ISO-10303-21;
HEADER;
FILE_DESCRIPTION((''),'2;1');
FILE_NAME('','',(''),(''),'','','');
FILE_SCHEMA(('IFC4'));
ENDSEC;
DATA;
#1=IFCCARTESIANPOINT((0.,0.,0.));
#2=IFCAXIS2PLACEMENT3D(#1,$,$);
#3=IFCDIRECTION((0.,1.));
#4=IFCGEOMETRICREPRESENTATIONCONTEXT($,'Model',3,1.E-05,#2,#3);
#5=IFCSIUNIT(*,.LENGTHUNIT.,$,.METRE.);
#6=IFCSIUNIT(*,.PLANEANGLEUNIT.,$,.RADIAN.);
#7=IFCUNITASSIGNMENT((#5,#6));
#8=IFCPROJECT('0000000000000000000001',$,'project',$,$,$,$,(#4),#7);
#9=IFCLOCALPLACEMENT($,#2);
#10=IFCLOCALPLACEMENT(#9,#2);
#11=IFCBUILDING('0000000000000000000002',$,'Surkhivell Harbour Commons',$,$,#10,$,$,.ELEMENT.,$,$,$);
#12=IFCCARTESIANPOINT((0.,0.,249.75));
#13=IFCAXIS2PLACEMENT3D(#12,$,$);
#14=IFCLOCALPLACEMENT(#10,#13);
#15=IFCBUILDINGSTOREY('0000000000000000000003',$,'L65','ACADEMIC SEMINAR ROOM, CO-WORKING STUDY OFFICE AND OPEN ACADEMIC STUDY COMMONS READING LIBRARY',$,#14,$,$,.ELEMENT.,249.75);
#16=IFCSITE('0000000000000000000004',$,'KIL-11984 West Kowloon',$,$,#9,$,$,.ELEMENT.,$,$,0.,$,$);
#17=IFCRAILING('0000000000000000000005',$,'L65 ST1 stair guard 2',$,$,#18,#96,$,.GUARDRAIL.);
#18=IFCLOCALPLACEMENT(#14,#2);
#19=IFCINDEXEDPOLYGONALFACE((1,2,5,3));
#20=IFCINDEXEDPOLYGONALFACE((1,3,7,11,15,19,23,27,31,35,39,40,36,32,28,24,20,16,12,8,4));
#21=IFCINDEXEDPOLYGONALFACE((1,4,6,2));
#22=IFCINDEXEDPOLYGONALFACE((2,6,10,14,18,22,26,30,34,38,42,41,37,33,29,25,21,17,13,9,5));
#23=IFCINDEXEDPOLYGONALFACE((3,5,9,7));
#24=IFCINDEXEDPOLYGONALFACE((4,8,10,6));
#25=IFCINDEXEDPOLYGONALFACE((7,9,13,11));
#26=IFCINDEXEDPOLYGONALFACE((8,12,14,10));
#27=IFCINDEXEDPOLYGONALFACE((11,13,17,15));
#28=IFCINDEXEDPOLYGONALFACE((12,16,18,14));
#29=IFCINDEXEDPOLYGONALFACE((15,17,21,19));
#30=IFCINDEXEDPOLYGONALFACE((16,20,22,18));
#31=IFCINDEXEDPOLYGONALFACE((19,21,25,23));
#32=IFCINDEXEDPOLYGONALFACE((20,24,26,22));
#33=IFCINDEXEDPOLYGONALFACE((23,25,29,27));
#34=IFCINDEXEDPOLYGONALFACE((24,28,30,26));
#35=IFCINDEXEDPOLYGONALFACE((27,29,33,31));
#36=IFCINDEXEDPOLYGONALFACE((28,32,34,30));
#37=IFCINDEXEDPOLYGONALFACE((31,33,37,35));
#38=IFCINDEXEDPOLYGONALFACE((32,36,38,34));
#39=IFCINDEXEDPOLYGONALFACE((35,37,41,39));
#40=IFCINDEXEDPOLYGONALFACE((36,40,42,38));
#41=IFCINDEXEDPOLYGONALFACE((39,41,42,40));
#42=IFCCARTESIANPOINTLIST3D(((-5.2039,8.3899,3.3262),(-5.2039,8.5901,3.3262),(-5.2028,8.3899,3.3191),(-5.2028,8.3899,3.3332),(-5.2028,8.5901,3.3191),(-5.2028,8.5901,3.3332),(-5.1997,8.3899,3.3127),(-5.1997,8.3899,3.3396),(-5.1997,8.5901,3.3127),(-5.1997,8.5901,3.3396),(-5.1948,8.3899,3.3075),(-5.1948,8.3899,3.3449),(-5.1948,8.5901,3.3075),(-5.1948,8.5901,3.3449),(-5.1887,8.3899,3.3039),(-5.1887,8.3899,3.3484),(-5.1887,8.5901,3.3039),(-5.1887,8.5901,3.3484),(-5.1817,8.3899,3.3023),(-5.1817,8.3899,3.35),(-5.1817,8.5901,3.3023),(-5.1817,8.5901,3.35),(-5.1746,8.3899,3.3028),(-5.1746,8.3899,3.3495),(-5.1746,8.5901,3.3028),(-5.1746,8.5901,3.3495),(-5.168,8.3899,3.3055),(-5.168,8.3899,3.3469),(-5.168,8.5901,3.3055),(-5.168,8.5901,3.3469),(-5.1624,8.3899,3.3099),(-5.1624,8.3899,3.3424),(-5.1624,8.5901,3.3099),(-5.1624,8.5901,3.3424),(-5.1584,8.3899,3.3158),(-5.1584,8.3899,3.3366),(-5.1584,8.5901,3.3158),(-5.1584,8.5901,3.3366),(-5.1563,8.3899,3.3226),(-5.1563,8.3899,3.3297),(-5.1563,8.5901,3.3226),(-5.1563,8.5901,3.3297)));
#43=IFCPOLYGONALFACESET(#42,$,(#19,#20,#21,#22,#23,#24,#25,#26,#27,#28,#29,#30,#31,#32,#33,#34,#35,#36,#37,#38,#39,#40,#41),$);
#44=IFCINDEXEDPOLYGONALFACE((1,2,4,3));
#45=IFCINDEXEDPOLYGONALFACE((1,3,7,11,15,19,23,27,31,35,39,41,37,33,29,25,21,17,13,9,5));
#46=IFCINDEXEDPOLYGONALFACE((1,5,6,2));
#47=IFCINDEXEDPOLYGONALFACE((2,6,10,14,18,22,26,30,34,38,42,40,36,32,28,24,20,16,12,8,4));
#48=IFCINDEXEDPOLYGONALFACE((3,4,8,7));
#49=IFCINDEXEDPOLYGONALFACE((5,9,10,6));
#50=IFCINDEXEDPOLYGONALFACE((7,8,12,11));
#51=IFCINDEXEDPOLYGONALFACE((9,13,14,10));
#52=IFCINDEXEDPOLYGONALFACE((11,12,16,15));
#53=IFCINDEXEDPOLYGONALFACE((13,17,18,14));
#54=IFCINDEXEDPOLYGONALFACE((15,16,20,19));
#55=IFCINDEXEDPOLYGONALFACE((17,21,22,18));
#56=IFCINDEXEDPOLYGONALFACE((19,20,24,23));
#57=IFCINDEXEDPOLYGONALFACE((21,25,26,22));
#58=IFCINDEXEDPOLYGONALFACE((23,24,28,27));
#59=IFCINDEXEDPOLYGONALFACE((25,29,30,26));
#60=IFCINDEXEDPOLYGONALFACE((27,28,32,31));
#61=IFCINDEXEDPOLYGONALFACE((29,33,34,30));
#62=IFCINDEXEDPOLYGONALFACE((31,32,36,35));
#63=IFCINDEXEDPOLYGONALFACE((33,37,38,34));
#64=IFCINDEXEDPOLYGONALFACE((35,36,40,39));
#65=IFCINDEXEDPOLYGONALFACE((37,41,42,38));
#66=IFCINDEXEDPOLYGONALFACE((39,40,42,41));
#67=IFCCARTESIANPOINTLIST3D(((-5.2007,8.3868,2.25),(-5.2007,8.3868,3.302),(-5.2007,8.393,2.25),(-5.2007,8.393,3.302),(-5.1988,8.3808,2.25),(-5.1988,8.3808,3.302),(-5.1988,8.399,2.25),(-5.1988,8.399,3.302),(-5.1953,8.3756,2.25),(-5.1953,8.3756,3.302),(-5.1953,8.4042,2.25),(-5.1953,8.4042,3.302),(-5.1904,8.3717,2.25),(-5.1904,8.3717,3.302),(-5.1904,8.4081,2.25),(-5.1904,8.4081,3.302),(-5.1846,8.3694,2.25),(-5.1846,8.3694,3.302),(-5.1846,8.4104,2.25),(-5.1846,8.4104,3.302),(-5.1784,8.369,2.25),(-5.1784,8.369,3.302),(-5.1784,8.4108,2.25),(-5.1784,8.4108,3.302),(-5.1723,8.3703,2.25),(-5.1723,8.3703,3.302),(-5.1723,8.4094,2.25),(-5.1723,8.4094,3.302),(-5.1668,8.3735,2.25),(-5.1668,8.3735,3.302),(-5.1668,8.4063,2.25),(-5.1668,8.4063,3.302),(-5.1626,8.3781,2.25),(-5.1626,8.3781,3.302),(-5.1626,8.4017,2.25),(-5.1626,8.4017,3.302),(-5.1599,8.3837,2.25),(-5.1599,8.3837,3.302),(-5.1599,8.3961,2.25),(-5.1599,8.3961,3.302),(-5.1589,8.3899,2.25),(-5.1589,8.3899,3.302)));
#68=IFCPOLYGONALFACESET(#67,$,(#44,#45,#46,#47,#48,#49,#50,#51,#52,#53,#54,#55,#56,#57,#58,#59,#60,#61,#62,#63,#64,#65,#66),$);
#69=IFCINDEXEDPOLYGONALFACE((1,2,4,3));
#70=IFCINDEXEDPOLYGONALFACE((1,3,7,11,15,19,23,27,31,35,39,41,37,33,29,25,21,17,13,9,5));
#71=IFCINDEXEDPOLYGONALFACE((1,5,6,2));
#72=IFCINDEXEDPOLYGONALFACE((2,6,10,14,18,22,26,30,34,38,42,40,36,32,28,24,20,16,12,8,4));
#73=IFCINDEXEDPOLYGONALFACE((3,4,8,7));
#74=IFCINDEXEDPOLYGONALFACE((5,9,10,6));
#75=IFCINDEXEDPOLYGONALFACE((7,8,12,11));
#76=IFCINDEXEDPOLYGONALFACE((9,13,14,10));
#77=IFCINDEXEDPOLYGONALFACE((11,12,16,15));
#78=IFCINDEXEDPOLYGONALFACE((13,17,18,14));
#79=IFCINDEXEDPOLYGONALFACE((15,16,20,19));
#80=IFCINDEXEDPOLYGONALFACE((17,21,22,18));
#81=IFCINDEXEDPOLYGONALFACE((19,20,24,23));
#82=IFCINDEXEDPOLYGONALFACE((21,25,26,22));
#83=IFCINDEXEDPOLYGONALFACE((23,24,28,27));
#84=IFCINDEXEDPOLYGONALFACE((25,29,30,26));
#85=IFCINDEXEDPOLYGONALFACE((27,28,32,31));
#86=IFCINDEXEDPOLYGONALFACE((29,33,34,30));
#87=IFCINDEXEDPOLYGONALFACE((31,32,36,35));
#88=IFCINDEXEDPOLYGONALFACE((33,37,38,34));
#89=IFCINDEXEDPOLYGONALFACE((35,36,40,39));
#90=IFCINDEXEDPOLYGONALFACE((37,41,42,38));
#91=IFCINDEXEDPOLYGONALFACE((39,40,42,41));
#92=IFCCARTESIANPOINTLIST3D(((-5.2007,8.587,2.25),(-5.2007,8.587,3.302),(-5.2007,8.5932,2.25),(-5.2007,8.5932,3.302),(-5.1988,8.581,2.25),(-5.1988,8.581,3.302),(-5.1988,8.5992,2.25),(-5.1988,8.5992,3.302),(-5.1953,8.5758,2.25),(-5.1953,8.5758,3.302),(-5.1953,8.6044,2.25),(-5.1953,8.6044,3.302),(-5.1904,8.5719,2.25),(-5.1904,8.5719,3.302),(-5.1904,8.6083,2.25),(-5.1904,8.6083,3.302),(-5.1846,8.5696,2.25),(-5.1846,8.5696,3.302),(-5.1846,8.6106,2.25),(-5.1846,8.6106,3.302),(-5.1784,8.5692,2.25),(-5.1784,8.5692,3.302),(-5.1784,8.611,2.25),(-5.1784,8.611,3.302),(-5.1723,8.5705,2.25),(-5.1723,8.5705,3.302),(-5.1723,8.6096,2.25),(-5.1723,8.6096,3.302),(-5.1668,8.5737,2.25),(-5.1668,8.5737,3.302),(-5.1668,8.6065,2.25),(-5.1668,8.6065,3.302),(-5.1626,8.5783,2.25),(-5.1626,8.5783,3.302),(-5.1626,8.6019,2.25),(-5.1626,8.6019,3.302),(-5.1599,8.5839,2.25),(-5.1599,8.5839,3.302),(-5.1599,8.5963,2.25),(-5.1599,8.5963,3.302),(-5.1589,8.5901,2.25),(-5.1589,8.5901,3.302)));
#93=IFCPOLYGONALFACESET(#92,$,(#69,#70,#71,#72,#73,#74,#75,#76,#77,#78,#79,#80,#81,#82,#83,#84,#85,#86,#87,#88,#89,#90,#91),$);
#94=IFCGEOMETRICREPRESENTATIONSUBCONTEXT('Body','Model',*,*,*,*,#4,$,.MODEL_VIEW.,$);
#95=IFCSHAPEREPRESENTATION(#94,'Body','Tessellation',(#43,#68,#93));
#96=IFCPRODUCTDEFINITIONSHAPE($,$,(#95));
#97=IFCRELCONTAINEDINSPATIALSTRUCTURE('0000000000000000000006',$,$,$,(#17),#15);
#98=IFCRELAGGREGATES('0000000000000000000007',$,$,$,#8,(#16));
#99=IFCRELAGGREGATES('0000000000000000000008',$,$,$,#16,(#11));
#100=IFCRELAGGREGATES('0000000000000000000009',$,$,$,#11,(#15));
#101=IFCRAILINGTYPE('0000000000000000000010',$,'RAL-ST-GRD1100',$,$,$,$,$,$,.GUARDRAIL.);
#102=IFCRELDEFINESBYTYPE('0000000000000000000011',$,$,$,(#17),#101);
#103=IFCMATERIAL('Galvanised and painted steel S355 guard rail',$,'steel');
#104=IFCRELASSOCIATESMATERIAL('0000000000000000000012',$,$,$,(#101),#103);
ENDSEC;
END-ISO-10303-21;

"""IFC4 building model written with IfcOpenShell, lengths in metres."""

from ifc_helpers import new_model, si_unit, direction, frame, origin, origin_2d, place, context, subcontext, project, spatial, circle, extrude, material, type_object, element, save


model = new_model("IFC4")

# Units and contexts
model_context = context("Model", 3, precision=1e-05, world=origin(), true_north=direction((0.0, 1.0)))
body_context = subcontext(model_context, "Body", "Model", "MODEL_VIEW")
ifc_project = project(units=[si_unit("LENGTHUNIT", "METRE"), si_unit("PLANEANGLEUNIT", "RADIAN")], contexts=[model_context])

# Site, building, storey
site_placement = place(None, origin())
site = spatial("IfcSite", under=ifc_project, at=site_placement, Name="KIL-11984 West Kowloon", CompositionType="ELEMENT", RefElevation=0.0)
building_placement = place(site_placement, origin())
building = spatial("IfcBuilding", under=site, at=building_placement, Name="Surkhivell Harbour Commons", CompositionType="ELEMENT")
storey_placement = place(building_placement, frame((0.0, 0.0, 249.75)))
storey = spatial("IfcBuildingStorey", under=building, at=storey_placement, Name="L65", Description="ACADEMIC SEMINAR ROOM, CO-WORKING STUDY OFFICE AND OPEN ACADEMIC STUDY COMMONS READING LIBRARY", CompositionType="ELEMENT", Elevation=249.75)

# Railing
ifc_material_1 = material(Name="Galvanised and painted steel S355 guard rail", Category="steel")
railing_type_1 = type_object("IfcRailingType", Name="RAL-ST-GRD1100", PredefinedType="GUARDRAIL", material=ifc_material_1)
railing_1_placement = place(storey_placement, frame((-5.1799, 8.3899, 2.25)))
element("IfcRailing", 1, at=railing_1_placement, inside=storey, type_object=railing_type_1, Name="L65 ST1 stair guard 2", PredefinedType="GUARDRAIL", context=body_context, shape_type="SweptSolid", body=[
    extrude(circle(Radius=0.0239, at=origin_2d()), frame((0.0, 0.0, 1.0762), z_axis=(0.0, 1.0, 0.0), x_axis=(-1.0, 0.0, 0.0)), (0.0, 0.0, 1.0), 0.2002),
    extrude(circle(Radius=0.021, at=origin_2d()), origin(), (0.0, 0.0, 1.0), 1.052),
    extrude(circle(Radius=0.021, at=origin_2d()), frame((0.0, 0.2002, 0.0)), (0.0, 0.0, 1.0), 1.052),
])

save(model, "model.ifc")
